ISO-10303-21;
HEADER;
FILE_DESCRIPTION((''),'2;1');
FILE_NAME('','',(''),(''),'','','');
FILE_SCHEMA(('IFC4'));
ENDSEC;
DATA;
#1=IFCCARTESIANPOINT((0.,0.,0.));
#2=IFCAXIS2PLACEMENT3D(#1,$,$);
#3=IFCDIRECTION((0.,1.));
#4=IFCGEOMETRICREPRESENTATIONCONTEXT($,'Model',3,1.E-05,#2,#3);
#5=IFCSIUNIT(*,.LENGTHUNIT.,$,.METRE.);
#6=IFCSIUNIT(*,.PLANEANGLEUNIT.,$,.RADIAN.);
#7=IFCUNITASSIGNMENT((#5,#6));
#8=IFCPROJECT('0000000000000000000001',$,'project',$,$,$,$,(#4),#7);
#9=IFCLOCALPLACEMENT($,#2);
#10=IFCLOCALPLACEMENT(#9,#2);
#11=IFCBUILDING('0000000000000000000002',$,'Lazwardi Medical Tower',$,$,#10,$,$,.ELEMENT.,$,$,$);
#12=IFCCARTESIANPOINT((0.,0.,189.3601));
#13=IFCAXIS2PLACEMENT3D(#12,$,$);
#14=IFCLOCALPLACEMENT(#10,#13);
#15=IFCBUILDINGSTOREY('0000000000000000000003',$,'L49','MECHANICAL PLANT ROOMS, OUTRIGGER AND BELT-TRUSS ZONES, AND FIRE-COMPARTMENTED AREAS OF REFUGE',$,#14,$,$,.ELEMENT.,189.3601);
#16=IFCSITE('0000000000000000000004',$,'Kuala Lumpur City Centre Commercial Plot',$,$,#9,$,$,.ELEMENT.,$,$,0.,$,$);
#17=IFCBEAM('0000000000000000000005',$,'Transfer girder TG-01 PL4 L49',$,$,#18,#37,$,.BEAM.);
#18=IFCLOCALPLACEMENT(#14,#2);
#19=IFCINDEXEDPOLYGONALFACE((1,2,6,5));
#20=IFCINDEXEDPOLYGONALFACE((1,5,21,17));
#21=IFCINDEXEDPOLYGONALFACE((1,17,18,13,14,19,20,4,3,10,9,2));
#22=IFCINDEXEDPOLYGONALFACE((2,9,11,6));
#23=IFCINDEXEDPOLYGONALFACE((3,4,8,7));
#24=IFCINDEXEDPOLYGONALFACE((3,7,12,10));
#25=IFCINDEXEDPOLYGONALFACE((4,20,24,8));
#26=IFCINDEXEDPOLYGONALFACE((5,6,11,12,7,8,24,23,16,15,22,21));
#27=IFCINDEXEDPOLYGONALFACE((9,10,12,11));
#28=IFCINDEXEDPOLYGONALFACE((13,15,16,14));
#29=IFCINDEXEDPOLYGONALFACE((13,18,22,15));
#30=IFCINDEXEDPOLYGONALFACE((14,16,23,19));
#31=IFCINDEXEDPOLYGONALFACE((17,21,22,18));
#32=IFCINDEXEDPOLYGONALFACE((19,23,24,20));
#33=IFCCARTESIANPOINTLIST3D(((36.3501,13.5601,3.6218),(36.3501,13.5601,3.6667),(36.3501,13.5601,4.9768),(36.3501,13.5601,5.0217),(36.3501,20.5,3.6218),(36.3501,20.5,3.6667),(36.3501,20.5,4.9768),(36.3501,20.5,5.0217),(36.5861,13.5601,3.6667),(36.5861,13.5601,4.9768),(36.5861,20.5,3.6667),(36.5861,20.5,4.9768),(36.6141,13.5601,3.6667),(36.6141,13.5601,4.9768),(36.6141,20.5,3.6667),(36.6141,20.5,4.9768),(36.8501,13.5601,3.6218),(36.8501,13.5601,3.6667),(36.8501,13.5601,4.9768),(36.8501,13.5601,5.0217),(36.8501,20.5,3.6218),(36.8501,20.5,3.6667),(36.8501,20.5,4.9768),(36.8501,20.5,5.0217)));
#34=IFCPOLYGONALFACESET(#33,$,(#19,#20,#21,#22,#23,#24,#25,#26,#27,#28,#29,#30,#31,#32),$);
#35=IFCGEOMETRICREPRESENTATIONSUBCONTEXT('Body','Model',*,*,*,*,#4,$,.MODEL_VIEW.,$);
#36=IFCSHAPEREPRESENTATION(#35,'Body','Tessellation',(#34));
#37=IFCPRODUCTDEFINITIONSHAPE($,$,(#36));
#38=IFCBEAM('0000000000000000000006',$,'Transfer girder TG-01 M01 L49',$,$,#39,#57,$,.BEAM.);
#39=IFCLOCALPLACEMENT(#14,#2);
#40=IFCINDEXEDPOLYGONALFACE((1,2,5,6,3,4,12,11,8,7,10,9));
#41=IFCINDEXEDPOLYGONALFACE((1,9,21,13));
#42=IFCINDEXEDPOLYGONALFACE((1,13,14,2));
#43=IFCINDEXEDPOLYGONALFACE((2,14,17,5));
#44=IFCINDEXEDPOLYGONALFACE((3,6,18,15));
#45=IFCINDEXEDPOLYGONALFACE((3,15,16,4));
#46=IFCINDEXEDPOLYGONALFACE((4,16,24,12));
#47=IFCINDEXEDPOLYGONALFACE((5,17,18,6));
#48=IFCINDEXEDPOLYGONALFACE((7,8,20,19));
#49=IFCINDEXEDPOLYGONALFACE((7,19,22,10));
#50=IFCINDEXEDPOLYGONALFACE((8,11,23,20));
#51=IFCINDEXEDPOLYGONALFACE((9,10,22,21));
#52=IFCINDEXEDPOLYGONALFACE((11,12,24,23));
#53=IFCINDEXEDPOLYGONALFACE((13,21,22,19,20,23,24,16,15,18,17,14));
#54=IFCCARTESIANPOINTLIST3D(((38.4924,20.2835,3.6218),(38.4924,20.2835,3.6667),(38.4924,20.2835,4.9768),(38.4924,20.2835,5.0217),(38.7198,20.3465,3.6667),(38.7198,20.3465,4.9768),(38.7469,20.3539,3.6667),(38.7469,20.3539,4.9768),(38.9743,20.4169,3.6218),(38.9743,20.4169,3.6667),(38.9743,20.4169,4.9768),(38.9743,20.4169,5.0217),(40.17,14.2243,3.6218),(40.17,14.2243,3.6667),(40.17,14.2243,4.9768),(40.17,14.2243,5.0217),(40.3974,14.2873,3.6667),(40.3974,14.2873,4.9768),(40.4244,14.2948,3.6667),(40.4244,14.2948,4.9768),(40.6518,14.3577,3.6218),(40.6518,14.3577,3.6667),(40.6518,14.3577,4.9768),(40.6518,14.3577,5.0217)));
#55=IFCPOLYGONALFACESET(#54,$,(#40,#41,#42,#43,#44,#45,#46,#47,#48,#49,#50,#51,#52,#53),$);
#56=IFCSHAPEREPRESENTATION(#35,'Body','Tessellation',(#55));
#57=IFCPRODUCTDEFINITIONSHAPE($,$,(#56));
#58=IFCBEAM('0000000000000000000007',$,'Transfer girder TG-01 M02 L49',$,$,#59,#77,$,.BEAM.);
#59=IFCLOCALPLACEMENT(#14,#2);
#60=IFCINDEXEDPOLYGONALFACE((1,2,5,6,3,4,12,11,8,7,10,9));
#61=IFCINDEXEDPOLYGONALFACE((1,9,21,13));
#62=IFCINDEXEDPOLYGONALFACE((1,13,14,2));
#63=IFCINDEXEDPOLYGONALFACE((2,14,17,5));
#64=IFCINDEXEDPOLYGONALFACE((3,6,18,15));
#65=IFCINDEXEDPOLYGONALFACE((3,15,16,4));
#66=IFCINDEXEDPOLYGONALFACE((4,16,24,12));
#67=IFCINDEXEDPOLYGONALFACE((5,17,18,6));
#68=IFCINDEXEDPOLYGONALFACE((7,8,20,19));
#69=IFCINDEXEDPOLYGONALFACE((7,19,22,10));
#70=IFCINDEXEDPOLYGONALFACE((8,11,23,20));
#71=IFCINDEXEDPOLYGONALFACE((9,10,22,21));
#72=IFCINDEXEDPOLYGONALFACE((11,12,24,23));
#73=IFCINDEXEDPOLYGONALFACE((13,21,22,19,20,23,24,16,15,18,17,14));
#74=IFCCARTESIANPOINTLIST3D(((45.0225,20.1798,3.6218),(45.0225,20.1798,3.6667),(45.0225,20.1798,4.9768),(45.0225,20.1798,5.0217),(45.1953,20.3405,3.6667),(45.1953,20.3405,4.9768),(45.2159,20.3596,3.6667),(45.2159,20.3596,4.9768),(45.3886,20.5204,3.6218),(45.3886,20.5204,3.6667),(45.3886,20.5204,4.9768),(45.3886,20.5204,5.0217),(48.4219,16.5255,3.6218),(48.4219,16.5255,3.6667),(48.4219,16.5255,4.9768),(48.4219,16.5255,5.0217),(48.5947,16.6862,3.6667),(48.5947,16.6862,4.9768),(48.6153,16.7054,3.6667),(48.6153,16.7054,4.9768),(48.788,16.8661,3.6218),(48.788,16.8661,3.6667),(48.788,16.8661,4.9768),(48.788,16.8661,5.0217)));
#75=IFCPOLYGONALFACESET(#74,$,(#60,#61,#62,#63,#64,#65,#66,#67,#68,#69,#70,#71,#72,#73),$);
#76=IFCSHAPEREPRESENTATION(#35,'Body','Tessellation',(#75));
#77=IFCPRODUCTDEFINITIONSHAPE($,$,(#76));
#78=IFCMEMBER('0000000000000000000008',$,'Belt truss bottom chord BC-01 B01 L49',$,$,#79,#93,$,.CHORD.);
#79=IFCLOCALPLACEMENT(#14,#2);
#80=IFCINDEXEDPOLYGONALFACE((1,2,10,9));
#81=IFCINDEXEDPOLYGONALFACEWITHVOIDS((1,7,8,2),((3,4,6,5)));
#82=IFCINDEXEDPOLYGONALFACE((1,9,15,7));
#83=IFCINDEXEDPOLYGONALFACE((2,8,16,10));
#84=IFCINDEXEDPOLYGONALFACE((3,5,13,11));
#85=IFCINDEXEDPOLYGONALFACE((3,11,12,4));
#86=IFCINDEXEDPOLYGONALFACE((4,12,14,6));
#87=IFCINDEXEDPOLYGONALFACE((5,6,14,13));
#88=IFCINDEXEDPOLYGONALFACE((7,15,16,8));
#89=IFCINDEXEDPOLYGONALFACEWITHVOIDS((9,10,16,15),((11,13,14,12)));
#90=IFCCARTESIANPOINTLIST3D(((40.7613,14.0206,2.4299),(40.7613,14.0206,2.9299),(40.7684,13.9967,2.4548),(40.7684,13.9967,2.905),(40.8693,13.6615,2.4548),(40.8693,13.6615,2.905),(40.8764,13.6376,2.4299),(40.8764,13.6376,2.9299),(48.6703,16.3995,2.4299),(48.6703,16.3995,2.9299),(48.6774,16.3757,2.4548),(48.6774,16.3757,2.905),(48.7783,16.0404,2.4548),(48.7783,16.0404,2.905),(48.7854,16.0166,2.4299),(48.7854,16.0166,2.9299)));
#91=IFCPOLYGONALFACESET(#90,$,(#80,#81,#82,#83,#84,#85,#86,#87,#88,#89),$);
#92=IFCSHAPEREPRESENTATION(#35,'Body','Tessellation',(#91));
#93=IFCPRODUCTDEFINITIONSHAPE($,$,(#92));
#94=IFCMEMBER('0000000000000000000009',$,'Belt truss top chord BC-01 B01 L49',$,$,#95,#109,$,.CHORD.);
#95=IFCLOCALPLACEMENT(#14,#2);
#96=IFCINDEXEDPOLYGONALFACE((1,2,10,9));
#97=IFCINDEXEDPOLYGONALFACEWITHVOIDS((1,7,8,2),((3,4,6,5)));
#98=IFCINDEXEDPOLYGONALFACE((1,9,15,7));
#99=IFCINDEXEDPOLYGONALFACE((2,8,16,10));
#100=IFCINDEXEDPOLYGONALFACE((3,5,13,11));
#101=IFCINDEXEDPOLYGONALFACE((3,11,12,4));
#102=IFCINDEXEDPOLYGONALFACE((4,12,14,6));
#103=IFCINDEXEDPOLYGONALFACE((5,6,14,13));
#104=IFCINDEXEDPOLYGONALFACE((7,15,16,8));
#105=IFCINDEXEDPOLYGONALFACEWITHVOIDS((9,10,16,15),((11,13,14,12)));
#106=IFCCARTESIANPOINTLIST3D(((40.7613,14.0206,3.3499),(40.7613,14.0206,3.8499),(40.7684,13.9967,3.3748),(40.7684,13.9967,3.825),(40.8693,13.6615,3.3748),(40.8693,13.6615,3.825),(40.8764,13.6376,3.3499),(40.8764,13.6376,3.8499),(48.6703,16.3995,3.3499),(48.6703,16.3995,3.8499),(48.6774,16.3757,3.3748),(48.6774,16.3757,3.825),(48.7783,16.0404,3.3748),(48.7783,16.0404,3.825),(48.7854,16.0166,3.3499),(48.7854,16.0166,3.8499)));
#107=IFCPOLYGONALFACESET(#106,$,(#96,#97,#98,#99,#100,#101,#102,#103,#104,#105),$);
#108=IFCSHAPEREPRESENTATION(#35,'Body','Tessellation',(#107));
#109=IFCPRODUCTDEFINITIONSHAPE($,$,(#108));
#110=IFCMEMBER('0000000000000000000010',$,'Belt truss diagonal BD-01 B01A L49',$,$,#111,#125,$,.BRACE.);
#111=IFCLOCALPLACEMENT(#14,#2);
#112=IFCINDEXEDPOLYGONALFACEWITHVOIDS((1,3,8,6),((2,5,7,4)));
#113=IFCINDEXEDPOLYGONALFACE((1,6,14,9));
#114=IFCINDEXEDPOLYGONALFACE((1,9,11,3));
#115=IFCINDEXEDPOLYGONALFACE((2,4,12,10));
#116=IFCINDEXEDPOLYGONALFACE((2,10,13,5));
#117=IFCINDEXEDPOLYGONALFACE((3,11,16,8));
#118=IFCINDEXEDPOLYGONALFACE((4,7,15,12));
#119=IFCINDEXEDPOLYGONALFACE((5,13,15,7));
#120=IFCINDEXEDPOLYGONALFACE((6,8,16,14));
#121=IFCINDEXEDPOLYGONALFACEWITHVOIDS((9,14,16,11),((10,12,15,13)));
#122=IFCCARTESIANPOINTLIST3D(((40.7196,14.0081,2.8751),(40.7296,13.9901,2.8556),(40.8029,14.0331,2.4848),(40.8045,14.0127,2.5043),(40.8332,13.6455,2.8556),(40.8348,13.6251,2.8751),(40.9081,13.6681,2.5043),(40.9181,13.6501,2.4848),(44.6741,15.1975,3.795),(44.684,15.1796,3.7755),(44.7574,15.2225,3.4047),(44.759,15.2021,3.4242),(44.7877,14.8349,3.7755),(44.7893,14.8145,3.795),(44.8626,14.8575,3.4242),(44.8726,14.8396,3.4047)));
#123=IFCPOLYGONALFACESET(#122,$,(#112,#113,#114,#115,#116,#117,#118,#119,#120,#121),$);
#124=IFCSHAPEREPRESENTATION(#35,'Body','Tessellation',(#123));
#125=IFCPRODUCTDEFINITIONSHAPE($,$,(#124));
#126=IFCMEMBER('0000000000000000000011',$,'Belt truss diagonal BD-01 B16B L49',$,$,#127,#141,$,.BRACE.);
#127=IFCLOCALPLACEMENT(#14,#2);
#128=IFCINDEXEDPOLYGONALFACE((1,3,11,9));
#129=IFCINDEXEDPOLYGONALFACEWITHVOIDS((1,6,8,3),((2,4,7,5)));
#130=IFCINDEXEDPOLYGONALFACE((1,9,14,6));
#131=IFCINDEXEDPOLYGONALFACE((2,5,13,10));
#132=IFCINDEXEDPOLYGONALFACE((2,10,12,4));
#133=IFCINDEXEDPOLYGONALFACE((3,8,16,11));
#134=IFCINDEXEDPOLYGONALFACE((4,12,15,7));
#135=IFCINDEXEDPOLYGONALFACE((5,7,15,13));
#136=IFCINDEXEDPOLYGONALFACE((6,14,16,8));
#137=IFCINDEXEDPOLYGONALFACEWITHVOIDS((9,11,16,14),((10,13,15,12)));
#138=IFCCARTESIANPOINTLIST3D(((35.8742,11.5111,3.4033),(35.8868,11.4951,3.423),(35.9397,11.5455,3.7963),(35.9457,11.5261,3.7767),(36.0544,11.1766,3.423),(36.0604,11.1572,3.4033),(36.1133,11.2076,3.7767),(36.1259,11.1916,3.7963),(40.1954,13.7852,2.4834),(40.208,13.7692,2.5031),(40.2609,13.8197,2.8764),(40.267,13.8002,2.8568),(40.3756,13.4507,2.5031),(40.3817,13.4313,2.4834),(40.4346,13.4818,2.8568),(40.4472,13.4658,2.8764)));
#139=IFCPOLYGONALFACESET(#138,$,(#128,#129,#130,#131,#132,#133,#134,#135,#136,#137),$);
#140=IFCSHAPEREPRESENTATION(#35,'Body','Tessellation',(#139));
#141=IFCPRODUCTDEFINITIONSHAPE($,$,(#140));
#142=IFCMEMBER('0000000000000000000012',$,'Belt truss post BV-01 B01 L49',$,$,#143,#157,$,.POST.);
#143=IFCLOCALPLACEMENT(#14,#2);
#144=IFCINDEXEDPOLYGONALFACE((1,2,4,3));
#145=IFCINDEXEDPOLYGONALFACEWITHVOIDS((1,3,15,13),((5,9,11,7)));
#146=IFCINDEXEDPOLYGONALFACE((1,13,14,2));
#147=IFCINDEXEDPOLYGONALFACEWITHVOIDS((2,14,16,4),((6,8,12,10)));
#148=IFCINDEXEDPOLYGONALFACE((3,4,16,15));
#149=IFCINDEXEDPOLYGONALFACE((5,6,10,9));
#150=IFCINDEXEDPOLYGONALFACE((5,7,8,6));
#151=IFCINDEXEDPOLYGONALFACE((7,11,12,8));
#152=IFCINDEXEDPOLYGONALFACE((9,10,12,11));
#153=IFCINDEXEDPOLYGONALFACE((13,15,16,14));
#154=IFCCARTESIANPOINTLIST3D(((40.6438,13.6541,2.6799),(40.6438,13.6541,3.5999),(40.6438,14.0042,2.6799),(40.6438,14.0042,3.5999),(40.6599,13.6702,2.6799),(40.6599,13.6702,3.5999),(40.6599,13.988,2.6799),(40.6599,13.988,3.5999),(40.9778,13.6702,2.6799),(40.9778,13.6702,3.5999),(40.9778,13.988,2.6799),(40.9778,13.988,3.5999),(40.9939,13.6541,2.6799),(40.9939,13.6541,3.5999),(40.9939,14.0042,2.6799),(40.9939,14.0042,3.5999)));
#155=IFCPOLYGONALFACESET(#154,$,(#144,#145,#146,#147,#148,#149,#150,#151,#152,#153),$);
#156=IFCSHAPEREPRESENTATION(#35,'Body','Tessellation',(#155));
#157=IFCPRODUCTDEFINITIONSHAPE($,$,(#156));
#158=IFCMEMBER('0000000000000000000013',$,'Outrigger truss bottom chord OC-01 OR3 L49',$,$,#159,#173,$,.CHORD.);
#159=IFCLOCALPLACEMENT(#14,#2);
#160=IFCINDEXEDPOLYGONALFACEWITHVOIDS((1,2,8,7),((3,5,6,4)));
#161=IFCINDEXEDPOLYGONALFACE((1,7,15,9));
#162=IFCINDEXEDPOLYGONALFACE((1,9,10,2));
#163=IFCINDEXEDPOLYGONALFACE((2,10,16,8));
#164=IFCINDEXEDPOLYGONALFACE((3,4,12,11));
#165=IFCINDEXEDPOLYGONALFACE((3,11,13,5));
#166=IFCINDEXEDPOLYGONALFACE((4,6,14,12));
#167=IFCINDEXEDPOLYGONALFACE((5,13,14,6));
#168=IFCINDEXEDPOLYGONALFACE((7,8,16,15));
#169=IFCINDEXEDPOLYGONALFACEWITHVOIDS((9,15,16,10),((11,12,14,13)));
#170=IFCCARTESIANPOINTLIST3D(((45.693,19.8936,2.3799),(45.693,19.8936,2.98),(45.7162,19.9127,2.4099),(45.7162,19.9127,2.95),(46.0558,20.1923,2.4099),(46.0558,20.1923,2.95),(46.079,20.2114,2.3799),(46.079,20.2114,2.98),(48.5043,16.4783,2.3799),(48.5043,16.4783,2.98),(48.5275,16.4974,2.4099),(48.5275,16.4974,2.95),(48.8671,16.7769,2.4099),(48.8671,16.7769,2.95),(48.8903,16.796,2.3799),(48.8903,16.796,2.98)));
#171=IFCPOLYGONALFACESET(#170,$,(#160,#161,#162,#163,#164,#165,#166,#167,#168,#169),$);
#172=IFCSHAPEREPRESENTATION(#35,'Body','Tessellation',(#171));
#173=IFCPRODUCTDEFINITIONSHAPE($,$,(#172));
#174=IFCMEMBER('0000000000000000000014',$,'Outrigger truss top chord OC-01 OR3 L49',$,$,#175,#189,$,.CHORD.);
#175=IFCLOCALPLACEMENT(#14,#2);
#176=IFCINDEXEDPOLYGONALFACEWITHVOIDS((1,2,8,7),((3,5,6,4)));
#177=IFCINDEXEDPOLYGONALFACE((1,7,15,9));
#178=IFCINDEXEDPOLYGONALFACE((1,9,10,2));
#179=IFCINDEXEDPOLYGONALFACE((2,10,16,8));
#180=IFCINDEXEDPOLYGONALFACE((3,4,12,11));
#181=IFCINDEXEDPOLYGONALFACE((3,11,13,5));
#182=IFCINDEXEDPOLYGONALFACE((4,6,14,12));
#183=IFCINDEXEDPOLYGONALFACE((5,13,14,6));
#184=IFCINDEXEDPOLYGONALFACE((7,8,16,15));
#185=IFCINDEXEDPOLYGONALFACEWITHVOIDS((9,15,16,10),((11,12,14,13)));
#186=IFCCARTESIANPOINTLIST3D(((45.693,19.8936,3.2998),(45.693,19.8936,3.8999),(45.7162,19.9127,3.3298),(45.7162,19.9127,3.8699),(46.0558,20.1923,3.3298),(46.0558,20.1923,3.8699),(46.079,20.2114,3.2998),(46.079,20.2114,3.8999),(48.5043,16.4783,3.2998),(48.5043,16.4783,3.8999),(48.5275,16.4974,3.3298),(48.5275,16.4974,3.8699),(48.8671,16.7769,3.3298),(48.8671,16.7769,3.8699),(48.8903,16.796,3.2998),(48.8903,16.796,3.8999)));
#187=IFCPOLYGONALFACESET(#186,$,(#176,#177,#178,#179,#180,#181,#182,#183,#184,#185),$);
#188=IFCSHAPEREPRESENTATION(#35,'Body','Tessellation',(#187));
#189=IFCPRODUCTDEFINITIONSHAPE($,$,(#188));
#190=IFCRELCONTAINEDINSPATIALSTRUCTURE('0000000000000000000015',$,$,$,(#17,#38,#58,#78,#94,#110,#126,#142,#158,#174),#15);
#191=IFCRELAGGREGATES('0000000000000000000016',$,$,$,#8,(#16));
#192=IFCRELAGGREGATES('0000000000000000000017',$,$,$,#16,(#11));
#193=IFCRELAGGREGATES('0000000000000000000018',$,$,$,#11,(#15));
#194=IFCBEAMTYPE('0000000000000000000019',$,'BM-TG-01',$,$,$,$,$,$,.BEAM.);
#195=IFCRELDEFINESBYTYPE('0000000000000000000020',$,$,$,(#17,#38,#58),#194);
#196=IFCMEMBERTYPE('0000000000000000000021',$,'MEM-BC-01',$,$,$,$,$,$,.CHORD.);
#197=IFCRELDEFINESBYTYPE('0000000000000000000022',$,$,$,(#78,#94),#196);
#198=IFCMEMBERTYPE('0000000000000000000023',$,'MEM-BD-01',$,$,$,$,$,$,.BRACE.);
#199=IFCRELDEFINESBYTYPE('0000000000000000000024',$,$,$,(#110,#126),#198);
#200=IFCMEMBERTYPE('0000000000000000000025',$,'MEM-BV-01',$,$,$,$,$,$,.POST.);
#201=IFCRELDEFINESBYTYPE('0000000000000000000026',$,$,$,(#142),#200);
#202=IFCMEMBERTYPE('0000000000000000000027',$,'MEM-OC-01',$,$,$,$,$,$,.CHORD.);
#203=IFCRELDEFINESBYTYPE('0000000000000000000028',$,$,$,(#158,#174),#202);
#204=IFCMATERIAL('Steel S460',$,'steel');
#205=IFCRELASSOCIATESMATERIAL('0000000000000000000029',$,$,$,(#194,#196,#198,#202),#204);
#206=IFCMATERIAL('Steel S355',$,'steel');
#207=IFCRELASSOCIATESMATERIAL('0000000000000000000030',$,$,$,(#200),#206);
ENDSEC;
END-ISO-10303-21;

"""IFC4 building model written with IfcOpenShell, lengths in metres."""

from ifc_helpers import new_model, si_unit, direction, frame, origin, origin_2d, place, context, subcontext, project, spatial, hollow_rectangle, i_section, extrude, material, material_profile, profile_set, type_object, element, save


model = new_model("IFC4")

# Units and contexts
model_context = context("Model", 3, precision=1e-05, world=origin(), true_north=direction((0.0, 1.0)))
body_context = subcontext(model_context, "Body", "Model", "MODEL_VIEW")
ifc_project = project(units=[si_unit("LENGTHUNIT", "METRE"), si_unit("PLANEANGLEUNIT", "RADIAN")], contexts=[model_context])

# Site, building, storey
site_placement = place(None, origin())
site = spatial("IfcSite", under=ifc_project, at=site_placement, Name="Kuala Lumpur City Centre Commercial Plot", CompositionType="ELEMENT", RefElevation=0.0)
building_placement = place(site_placement, origin())
building = spatial("IfcBuilding", under=site, at=building_placement, Name="Lazwardi Medical Tower", CompositionType="ELEMENT")
storey_placement = place(building_placement, frame((0.0, 0.0, 189.3601)))
storey = spatial("IfcBuildingStorey", under=building, at=storey_placement, Name="L49", Description="MECHANICAL PLANT ROOMS, OUTRIGGER AND BELT-TRUSS ZONES, AND FIRE-COMPARTMENTED AREAS OF REFUGE", CompositionType="ELEMENT", Elevation=189.3601)

# Beams
ifc_material_1 = material(Name="Steel S355", Category="steel")
ifc_material_2 = material(Name="Steel S460", Category="steel")
ifc_material_profile_1 = material_profile(ifc_material_2, i_section(OverallWidth=0.5, OverallDepth=1.3999, WebThickness=0.0281, FlangeThickness=0.0449, at=origin_2d()), Name="PG 1400x500")
ifc_profile_set_1 = profile_set([ifc_material_profile_1], Name="Steel S460")
beam_type_1 = type_object("IfcBeamType", Name="BM-TG-01", PredefinedType="BEAM", material=ifc_profile_set_1)
beam_1_placement = place(storey_placement, frame((36.6001, 13.5601, 4.3218), z_axis=(0.0, 1.0, 0.0), x_axis=(-1.0, 0.0, 0.0)))
element("IfcBeam", 1, at=beam_1_placement, inside=storey, type_object=beam_type_1, Name="Transfer girder TG-01 PL4 L49", PredefinedType="BEAM", context=body_context, shape_type="SweptSolid", body=[
    extrude(i_section(OverallWidth=0.5, OverallDepth=1.3999, WebThickness=0.0281, FlangeThickness=0.0449, at=origin_2d()), origin(), (0.0, 0.0, 1.0), 6.9399),
])
beam_2_placement = place(storey_placement, frame((40.4109, 14.291, 4.3218), z_axis=(-0.266819, 0.963747, 0.0), x_axis=(-0.963747, -0.266819, 0.0)))
element("IfcBeam", 2, at=beam_2_placement, inside=storey, type_object=beam_type_1, Name="Transfer girder TG-01 M01 L49", PredefinedType="BEAM", context=body_context, shape_type="SweptSolid", body=[
    extrude(i_section(OverallWidth=0.5, OverallDepth=1.3999, WebThickness=0.0281, FlangeThickness=0.0449, at=origin_2d()), origin(), (0.0, 0.0, 1.0), 6.2871),
])
beam_3_placement = place(storey_placement, frame((48.605, 16.6958, 4.3218), z_axis=(-0.681111, 0.73218, 0.0), x_axis=(-0.73218, -0.681111, 0.0)))
element("IfcBeam", 3, at=beam_3_placement, inside=storey, type_object=beam_type_1, Name="Transfer girder TG-01 M02 L49", PredefinedType="BEAM", context=body_context, shape_type="SweptSolid", body=[
    extrude(i_section(OverallWidth=0.5, OverallDepth=1.3999, WebThickness=0.0281, FlangeThickness=0.0449, at=origin_2d()), origin(), (0.0, 0.0, 1.0), 4.991),
])

# Members
ifc_material_profile_2 = material_profile(ifc_material_2, hollow_rectangle(XDim=0.3999, YDim=0.5, WallThickness=0.0249, at=origin_2d()), Name="RHS 500x400x25")
ifc_profile_set_2 = profile_set([ifc_material_profile_2], Name="Steel S460")
member_type_1 = type_object("IfcMemberType", Name="MEM-BC-01", PredefinedType="CHORD", material=ifc_profile_set_2)
for number, where, z_axis, x_axis, name in (
    (4, (40.8188, 13.8291, 2.6799), (0.957619, 0.288039, 0.0), (-0.288039, 0.957619, 0.0), "Belt truss bottom chord BC-01 B01 L49"),
    (5, (40.8188, 13.8291, 3.5999), (0.957619, 0.288039, 0.0), (-0.288039, 0.957619, 0.0), "Belt truss top chord BC-01 B01 L49"),
):
    element("IfcMember", number, at=place(storey_placement, frame(where, z_axis=z_axis, x_axis=x_axis)), inside=storey, type_object=member_type_1, Name=name, PredefinedType="CHORD", context=body_context, shape_type="SweptSolid", body=[
        extrude(hollow_rectangle(XDim=0.3999, YDim=0.5, WallThickness=0.0249, at=origin_2d()), origin(), (0.0, 0.0, 1.0), 8.259),
    ])
ifc_material_profile_3 = material_profile(ifc_material_2, hollow_rectangle(XDim=0.3999, YDim=0.3999, WallThickness=0.02, at=origin_2d()), Name="RHS 400x400x20")
ifc_profile_set_3 = profile_set([ifc_material_profile_3], Name="Steel S460")
member_type_2 = type_object("IfcMemberType", Name="MEM-BD-01", PredefinedType="BRACE", material=ifc_profile_set_3)
member_1_placement = place(storey_placement, frame((40.8188, 13.8291, 2.6799), z_axis=(0.93471, 0.28114, 0.217433), x_axis=(-0.288031, 0.957621, 0.0)))
element("IfcMember", 6, at=member_1_placement, inside=storey, type_object=member_type_2, Name="Belt truss diagonal BD-01 B01A L49", PredefinedType="BRACE", context=body_context, shape_type="SweptSolid", body=[
    extrude(hollow_rectangle(XDim=0.3999, YDim=0.3999, WallThickness=0.02, at=origin_2d()), origin(), (0.0, 0.0, 1.0), 4.2307),
])
member_2_placement = place(storey_placement, frame((40.3213, 13.6255, 2.6799), z_axis=(-0.869638, -0.457665, 0.18513), x_axis=(0.465716, -0.884934, 0.0)))
element("IfcMember", 7, at=member_2_placement, inside=storey, type_object=member_type_2, Name="Belt truss diagonal BD-01 B16B L49", PredefinedType="BRACE", context=body_context, shape_type="SweptSolid", body=[
    extrude(hollow_rectangle(XDim=0.3999, YDim=0.3999, WallThickness=0.02, at=origin_2d()), origin(), (0.0, 0.0, 1.0), 4.969),
])
ifc_material_profile_4 = material_profile(ifc_material_1, hollow_rectangle(XDim=0.3501, YDim=0.3501, WallThickness=0.0161, at=origin_2d()), Name="RHS 350x350x16")
ifc_profile_set_4 = profile_set([ifc_material_profile_4], Name="Steel S355")
member_type_3 = type_object("IfcMemberType", Name="MEM-BV-01", PredefinedType="POST", material=ifc_profile_set_4)
member_3_placement = place(storey_placement, frame((40.8188, 13.8291, 2.6799), z_axis=(0.0, 0.0, 1.0), x_axis=(1.0, 0.0, 0.0)))
element("IfcMember", 8, at=member_3_placement, inside=storey, type_object=member_type_3, Name="Belt truss post BV-01 B01 L49", PredefinedType="POST", context=body_context, shape_type="SweptSolid", body=[
    extrude(hollow_rectangle(XDim=0.3501, YDim=0.3501, WallThickness=0.0161, at=origin_2d()), origin(), (0.0, 0.0, 1.0), 0.9199),
])
ifc_material_profile_5 = material_profile(ifc_material_2, hollow_rectangle(XDim=0.5, YDim=0.6001, WallThickness=0.03, at=origin_2d()), Name="RHS 600x500x30")
ifc_profile_set_5 = profile_set([ifc_material_profile_5], Name="Steel S460")
member_type_4 = type_object("IfcMemberType", Name="MEM-OC-01", PredefinedType="CHORD", material=ifc_profile_set_5)
for number, where, z_axis, x_axis, name in (
    (9, (45.886, 20.0525, 2.6799), (0.635531, -0.772075, 0.0), (0.772075, 0.635531, 0.0), "Outrigger truss bottom chord OC-01 OR3 L49"),
    (10, (45.886, 20.0525, 3.5999), (0.635531, -0.772075, 0.0), (0.772075, 0.635531, 0.0), "Outrigger truss top chord OC-01 OR3 L49"),
):
    element("IfcMember", number, at=place(storey_placement, frame(where, z_axis=z_axis, x_axis=x_axis)), inside=storey, type_object=member_type_4, Name=name, PredefinedType="CHORD", context=body_context, shape_type="SweptSolid", body=[
        extrude(hollow_rectangle(XDim=0.5, YDim=0.6001, WallThickness=0.03, at=origin_2d()), origin(), (0.0, 0.0, 1.0), 4.4236),
    ])

save(model, "model.ifc")
